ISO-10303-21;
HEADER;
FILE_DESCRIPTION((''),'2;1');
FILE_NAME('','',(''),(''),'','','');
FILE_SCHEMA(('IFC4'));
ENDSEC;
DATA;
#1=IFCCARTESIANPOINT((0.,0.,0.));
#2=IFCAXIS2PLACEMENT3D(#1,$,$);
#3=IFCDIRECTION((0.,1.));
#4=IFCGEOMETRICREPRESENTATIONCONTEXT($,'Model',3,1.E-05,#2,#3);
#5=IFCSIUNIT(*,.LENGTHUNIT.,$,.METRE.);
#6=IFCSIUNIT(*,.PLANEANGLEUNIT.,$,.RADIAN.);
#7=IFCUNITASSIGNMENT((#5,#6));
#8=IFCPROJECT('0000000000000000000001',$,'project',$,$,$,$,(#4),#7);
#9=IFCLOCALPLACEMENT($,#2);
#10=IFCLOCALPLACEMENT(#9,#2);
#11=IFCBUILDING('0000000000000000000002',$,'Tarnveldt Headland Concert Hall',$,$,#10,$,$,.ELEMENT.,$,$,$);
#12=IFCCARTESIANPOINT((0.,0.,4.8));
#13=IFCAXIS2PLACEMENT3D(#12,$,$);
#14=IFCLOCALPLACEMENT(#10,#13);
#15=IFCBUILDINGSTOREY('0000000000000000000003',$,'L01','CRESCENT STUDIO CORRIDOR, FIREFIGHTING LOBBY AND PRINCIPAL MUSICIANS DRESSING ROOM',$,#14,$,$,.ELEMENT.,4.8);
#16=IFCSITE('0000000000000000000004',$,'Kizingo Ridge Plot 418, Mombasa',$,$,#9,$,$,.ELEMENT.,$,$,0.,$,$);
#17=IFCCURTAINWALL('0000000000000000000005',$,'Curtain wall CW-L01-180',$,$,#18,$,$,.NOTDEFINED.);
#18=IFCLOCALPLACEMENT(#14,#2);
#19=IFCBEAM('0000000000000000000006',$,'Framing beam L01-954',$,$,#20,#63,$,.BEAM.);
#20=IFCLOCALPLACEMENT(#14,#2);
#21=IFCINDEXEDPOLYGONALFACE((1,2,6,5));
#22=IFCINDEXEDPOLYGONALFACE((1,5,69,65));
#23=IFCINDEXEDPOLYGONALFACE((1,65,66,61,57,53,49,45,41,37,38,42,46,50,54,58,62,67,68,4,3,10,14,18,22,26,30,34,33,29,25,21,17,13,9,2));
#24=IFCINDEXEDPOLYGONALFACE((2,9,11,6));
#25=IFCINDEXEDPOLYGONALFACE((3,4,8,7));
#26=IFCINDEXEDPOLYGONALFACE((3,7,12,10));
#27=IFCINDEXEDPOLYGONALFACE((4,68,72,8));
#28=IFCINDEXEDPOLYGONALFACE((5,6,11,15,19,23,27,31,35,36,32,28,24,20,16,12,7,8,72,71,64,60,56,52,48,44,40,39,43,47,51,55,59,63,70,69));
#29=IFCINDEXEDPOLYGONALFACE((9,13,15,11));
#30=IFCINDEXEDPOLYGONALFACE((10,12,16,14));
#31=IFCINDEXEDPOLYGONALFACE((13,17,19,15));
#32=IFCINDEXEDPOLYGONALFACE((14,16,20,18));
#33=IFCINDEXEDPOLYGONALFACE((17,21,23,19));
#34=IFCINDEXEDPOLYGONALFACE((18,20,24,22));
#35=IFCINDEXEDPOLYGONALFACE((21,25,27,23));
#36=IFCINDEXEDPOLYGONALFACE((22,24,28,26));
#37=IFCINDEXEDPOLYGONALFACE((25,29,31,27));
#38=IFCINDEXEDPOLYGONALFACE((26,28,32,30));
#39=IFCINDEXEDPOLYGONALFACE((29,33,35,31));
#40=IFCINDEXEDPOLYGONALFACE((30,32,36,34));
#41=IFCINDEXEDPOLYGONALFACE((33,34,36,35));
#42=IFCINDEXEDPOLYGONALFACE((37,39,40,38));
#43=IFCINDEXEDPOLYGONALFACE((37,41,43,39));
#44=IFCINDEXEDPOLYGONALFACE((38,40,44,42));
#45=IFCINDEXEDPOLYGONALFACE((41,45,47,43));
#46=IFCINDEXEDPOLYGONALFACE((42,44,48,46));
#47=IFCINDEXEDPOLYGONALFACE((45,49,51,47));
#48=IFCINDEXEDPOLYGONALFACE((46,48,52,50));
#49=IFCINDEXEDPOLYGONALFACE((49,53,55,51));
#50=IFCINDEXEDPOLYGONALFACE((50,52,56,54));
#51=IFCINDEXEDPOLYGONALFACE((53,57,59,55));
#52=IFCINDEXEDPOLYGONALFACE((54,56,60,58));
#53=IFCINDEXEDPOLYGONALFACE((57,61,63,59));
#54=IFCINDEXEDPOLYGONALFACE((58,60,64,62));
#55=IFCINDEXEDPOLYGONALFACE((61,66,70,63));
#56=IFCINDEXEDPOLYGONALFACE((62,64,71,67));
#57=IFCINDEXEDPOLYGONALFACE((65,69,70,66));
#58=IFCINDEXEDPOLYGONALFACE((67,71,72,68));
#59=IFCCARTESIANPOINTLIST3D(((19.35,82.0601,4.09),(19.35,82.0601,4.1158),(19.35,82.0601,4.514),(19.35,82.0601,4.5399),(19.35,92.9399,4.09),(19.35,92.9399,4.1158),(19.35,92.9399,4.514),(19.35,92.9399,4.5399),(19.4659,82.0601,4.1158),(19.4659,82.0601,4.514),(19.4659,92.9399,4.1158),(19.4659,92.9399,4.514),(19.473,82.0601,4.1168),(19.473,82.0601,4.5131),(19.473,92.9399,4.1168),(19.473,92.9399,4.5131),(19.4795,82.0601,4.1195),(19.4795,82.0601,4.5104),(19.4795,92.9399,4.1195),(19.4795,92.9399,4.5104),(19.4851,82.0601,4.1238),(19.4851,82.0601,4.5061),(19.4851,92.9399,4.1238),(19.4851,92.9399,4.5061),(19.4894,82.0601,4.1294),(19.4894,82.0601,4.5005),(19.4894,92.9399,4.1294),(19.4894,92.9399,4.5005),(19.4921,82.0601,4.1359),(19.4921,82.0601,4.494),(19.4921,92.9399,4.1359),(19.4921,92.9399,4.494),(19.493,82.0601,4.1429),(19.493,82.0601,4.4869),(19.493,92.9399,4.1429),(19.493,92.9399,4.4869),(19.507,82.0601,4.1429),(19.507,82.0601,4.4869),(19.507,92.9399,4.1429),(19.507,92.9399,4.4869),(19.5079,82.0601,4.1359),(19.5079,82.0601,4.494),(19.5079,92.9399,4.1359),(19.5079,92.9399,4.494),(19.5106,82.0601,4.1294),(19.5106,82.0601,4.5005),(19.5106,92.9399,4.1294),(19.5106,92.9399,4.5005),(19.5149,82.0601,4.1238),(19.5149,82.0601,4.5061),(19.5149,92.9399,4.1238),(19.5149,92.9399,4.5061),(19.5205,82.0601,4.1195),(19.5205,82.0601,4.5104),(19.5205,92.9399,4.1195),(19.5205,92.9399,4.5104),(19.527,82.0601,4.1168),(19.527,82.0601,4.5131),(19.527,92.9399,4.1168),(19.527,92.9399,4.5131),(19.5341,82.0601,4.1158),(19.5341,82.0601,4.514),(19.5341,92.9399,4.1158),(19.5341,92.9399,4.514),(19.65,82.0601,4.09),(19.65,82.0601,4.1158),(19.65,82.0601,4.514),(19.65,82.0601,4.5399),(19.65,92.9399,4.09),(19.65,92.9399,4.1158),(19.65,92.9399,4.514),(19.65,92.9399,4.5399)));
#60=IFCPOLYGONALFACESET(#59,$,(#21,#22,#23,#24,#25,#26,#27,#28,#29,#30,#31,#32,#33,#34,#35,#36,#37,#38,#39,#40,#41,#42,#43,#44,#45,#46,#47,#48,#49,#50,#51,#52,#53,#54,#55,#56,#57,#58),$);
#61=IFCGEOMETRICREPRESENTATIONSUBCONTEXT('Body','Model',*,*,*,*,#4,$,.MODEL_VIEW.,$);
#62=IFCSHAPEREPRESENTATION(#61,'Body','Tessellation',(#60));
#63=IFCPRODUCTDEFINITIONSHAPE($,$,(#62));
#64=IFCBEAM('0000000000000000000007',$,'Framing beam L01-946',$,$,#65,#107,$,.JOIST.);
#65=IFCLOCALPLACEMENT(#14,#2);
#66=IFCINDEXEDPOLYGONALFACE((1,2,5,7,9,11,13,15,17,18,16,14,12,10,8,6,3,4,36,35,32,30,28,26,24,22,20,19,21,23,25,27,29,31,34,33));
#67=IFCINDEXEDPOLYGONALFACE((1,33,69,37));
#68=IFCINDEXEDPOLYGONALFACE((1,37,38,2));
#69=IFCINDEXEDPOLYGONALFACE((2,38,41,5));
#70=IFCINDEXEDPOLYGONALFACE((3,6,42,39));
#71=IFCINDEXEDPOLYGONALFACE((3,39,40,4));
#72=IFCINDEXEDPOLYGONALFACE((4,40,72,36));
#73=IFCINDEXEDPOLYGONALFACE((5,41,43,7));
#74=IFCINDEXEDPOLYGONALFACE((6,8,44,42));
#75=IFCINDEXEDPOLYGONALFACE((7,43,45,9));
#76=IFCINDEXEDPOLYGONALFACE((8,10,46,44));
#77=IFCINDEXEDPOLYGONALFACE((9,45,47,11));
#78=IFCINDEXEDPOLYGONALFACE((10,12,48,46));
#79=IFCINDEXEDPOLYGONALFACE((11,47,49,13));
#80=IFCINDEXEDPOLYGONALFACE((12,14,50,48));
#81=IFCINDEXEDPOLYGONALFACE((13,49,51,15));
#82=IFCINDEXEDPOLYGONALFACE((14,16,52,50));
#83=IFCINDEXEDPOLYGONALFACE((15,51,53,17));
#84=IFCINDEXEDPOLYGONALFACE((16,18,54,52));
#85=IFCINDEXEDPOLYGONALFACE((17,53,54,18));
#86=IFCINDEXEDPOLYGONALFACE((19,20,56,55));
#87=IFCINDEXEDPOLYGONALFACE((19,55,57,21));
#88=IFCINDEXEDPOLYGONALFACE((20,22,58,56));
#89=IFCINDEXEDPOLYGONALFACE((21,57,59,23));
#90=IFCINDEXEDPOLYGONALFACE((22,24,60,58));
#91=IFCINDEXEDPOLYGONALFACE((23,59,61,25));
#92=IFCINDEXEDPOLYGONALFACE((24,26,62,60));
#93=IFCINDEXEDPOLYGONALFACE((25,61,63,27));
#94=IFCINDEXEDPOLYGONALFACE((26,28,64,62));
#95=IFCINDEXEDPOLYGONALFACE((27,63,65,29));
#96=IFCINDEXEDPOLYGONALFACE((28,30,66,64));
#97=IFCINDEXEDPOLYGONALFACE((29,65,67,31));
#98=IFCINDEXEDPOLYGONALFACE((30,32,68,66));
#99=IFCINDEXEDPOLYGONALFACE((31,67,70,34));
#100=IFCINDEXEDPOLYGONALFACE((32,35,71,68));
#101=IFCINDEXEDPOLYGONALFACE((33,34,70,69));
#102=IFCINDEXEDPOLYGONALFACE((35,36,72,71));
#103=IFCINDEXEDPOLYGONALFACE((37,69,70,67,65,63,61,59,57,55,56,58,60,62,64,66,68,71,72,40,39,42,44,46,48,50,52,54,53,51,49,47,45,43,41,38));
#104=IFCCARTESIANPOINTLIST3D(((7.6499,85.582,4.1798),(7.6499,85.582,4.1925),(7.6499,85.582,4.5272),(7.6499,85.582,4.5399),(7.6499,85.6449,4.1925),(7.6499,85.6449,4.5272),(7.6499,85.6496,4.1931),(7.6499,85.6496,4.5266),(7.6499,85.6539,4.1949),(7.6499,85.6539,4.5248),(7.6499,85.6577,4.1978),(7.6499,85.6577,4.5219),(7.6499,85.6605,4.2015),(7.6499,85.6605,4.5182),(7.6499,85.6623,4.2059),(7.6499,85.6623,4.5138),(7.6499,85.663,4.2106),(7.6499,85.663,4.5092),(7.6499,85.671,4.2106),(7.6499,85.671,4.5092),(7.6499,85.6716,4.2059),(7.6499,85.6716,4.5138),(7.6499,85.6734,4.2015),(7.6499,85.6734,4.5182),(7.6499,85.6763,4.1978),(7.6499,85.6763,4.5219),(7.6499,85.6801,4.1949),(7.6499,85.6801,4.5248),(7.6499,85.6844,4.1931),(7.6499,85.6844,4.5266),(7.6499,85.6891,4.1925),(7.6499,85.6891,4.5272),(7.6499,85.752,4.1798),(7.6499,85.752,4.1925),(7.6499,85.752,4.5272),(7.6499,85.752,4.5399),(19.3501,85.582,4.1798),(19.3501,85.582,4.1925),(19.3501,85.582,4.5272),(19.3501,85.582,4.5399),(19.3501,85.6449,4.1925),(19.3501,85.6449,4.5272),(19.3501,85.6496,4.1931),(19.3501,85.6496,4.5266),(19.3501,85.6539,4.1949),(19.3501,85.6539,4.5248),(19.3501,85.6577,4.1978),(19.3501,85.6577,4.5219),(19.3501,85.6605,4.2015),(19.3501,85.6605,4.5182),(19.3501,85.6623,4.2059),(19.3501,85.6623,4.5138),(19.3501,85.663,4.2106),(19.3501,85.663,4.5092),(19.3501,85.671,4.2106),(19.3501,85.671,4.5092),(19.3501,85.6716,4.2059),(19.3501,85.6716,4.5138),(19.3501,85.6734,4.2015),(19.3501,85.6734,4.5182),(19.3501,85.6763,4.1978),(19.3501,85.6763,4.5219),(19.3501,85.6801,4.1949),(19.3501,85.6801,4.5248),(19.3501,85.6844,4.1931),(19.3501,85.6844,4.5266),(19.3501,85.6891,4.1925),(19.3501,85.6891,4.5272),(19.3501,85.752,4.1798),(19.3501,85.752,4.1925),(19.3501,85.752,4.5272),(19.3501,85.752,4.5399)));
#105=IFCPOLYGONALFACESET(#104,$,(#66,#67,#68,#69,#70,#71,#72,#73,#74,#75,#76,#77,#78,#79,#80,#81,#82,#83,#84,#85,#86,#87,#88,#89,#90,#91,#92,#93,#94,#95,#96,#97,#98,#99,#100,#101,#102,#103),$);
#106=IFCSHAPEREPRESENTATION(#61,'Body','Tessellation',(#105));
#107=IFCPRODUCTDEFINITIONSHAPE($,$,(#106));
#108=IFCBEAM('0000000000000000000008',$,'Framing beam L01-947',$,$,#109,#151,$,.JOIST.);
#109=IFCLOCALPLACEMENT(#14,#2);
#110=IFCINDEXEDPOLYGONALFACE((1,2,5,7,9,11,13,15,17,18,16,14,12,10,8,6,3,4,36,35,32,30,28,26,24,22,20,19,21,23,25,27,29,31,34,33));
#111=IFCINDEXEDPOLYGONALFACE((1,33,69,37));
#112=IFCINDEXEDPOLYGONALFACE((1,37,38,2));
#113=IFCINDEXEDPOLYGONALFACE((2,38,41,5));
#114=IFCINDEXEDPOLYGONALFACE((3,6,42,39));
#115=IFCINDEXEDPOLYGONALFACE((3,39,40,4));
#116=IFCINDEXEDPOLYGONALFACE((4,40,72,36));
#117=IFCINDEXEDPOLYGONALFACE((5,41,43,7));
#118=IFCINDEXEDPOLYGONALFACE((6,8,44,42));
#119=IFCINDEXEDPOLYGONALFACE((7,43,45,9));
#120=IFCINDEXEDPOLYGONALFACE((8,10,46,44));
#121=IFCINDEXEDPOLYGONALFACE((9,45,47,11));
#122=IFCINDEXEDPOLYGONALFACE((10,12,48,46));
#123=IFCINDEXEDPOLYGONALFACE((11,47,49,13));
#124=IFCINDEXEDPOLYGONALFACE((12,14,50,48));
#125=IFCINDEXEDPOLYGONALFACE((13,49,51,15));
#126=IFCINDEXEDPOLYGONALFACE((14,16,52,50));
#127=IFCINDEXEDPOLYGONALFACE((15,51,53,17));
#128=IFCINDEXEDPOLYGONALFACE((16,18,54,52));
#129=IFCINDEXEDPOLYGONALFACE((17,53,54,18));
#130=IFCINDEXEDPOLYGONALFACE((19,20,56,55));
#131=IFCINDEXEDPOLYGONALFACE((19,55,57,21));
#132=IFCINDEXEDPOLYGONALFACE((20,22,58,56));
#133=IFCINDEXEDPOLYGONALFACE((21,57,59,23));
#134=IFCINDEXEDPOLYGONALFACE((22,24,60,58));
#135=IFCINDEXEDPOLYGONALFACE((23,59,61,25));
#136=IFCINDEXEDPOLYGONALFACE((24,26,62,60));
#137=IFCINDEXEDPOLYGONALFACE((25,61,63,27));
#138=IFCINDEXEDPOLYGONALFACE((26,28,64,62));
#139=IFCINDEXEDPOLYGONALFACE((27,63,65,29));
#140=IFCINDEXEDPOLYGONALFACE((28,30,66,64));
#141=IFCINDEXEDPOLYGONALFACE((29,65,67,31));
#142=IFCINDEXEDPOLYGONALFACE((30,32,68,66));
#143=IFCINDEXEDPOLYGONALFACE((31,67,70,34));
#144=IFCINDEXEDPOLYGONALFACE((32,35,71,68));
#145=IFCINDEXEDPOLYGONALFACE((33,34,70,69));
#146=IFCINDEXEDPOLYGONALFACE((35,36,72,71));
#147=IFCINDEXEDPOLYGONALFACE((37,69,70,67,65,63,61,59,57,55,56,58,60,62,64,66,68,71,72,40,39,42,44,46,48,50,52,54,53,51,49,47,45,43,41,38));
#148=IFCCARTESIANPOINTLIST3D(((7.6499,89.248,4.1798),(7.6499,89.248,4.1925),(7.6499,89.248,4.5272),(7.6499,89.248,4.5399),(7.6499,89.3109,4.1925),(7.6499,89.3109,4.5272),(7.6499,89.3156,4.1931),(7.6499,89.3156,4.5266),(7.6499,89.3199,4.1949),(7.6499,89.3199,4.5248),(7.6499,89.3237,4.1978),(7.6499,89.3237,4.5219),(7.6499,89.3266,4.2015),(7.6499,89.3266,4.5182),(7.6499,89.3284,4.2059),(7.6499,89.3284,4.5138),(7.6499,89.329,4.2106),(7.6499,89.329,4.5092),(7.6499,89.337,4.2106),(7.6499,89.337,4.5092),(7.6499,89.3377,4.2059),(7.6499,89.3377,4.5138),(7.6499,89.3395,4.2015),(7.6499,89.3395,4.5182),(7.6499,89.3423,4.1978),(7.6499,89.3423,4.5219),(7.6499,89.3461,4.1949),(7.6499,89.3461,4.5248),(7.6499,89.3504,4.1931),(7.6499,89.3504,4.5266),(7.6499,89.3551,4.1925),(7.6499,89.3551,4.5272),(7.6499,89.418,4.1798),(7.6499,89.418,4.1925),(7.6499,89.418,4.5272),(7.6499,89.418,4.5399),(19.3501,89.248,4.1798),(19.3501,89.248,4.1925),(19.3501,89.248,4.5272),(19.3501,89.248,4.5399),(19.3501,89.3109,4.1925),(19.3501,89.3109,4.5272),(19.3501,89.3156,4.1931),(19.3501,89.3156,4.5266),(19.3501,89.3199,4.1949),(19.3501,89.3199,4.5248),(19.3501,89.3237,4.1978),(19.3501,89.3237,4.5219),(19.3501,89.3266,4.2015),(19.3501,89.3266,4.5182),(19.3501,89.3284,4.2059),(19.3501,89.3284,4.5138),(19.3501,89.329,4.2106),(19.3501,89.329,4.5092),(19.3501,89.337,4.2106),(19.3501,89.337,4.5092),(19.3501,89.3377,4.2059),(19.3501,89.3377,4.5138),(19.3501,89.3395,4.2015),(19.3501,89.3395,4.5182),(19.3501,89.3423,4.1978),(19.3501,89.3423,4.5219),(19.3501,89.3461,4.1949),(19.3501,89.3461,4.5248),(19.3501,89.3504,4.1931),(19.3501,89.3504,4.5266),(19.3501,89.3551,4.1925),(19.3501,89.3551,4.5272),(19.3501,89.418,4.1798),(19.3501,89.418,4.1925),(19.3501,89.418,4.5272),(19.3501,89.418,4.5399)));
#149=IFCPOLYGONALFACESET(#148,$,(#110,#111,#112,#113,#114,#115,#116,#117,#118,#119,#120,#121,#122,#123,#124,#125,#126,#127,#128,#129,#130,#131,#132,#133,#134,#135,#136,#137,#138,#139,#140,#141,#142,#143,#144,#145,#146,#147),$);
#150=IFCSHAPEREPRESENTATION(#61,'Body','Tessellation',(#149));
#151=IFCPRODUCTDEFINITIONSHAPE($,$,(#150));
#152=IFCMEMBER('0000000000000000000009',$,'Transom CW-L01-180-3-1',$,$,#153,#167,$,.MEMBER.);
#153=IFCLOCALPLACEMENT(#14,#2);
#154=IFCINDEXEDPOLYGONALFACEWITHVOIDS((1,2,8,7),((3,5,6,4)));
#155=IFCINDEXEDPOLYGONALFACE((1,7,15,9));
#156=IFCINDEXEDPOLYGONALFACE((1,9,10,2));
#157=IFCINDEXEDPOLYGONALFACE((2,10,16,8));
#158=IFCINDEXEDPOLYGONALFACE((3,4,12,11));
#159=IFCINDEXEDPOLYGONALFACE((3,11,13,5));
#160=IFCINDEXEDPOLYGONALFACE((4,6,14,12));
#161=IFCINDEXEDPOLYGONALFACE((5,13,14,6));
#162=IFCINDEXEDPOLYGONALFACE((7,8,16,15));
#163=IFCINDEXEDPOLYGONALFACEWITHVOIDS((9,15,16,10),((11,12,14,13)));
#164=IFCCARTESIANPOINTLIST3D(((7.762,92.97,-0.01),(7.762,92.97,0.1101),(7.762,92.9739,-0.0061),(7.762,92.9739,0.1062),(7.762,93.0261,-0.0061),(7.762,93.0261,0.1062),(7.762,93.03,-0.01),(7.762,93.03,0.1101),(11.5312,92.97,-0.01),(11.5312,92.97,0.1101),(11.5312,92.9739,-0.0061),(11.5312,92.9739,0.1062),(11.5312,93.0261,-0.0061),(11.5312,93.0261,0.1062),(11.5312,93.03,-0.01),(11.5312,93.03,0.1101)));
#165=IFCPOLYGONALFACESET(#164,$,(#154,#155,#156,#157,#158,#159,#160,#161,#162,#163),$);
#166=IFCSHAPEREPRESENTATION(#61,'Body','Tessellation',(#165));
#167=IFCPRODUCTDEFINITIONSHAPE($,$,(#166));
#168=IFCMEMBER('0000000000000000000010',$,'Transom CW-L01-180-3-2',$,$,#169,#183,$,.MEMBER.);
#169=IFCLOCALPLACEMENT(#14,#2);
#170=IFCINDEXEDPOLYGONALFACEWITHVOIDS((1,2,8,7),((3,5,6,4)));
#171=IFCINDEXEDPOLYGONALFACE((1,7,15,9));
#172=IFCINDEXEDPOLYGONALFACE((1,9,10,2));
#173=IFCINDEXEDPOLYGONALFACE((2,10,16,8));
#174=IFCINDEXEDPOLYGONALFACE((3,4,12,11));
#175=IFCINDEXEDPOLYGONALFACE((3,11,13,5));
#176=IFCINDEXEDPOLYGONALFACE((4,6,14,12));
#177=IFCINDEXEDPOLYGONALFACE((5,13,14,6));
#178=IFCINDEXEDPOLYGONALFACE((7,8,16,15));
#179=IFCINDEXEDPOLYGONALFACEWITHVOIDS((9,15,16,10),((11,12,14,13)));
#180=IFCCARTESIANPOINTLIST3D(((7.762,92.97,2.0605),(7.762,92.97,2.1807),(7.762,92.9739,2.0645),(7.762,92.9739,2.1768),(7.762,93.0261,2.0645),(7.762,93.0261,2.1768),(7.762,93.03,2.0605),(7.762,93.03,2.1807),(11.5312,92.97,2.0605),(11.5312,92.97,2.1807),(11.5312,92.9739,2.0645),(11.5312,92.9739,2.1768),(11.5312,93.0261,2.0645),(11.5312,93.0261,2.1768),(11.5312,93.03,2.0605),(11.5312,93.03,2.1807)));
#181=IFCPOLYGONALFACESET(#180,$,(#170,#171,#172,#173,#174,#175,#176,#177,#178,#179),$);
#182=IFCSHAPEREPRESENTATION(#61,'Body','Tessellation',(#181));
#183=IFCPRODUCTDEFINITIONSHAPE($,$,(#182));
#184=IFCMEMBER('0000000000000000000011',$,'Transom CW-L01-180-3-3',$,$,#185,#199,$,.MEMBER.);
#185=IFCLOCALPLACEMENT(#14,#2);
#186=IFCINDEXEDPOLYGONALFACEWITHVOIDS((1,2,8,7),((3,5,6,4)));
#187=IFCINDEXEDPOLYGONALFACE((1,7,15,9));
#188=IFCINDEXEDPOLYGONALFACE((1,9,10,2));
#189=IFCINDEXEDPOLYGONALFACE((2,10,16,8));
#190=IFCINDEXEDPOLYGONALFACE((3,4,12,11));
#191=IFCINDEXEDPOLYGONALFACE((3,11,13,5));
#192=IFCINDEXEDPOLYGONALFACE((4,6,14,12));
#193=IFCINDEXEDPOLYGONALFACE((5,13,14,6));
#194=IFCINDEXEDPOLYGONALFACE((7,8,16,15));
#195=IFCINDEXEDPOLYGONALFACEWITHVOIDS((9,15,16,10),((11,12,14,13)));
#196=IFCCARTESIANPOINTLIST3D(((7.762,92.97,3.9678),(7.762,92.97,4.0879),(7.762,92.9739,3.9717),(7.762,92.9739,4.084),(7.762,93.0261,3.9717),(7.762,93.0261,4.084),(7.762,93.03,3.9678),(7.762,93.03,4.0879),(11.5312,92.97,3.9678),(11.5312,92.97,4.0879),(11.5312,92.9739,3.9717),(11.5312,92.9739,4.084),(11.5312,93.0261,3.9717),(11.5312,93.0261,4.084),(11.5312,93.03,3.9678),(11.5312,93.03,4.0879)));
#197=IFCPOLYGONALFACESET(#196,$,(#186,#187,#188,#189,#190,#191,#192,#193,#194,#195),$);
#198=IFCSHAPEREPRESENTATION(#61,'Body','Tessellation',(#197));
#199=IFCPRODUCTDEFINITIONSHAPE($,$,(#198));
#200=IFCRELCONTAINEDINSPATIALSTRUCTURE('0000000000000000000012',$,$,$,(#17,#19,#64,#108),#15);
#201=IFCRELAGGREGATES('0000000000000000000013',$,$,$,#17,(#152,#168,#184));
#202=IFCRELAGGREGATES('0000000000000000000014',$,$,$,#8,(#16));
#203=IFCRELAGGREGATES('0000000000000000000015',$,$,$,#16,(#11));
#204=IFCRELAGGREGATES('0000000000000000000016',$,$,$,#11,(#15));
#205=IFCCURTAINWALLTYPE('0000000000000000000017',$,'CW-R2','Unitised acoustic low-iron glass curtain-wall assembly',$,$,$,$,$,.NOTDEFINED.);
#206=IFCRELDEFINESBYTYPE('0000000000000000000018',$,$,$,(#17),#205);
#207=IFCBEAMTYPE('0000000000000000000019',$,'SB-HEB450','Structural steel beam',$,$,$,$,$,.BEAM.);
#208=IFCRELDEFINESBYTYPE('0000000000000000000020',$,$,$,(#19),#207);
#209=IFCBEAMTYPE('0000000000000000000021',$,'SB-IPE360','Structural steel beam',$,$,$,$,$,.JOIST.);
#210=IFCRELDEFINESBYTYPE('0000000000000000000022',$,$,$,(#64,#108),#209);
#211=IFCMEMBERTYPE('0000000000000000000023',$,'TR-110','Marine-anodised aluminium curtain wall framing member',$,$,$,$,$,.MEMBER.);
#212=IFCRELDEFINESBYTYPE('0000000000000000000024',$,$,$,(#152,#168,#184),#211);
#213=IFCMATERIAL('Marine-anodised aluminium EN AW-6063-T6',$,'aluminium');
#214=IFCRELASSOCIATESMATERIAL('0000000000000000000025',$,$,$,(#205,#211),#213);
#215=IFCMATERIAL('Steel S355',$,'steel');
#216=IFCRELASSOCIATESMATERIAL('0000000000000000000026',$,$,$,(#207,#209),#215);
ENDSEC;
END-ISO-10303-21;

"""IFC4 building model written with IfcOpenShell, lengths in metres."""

from ifc_helpers import new_model, si_unit, direction, frame, origin, origin_2d, place, context, subcontext, project, spatial, hollow_rectangle, i_section, extrude, material, material_profile, profile_set, type_object, element, aggregate, save


model = new_model("IFC4")

# Units and contexts
model_context = context("Model", 3, precision=1e-05, world=origin(), true_north=direction((0.0, 1.0)))
body_context = subcontext(model_context, "Body", "Model", "MODEL_VIEW")
ifc_project = project(units=[si_unit("LENGTHUNIT", "METRE"), si_unit("PLANEANGLEUNIT", "RADIAN")], contexts=[model_context])

# Site, building, storey
site_placement = place(None, origin())
site = spatial("IfcSite", under=ifc_project, at=site_placement, Name="Kizingo Ridge Plot 418, Mombasa", CompositionType="ELEMENT", RefElevation=0.0)
building_placement = place(site_placement, origin())
building = spatial("IfcBuilding", under=site, at=building_placement, Name="Tarnveldt Headland Concert Hall", CompositionType="ELEMENT")
storey_placement = place(building_placement, frame((0.0, 0.0, 4.8)))
storey = spatial("IfcBuildingStorey", under=building, at=storey_placement, Name="L01", Description="CRESCENT STUDIO CORRIDOR, FIREFIGHTING LOBBY AND PRINCIPAL MUSICIANS DRESSING ROOM", CompositionType="ELEMENT", Elevation=4.8)

# Shared definitions
ifc_material_1 = material(Name="Steel S355", Category="steel")

# Curtain wall
ifc_material_2 = material(Name="Marine-anodised aluminium EN AW-6063-T6", Category="aluminium")
curtain_wall_type = type_object("IfcCurtainWallType", Name="CW-R2", Description="Unitised acoustic low-iron glass curtain-wall assembly", PredefinedType="NOTDEFINED", material=ifc_material_2)
curtain_wall_placement = place(storey_placement, origin())
curtain_wall = element("IfcCurtainWall", 1, at=curtain_wall_placement, inside=storey, type_object=curtain_wall_type, Name="Curtain wall CW-L01-180", PredefinedType="NOTDEFINED")

# Beams
ifc_material_profile_1 = material_profile(ifc_material_1, i_section(OverallWidth=0.3, OverallDepth=0.45, WebThickness=0.0139, FlangeThickness=0.0259, FilletRadius=0.0271, at=origin_2d()), Name="HEB450", Category="steel")
ifc_profile_set_1 = profile_set([ifc_material_profile_1], Name="Steel S355")
beam_type_1 = type_object("IfcBeamType", Name="SB-HEB450", Description="Structural steel beam", PredefinedType="BEAM", material=ifc_profile_set_1)
for number, where, z_axis, x_axis, name in (
    (2, (19.5, 82.0601, 4.3149), (0.0, 1.0, 0.0), (-1.0, 0.0, 0.0), "Framing beam L01-954"),
):
    element("IfcBeam", number, at=place(storey_placement, frame(where, z_axis=z_axis, x_axis=x_axis)), inside=storey, type_object=beam_type_1, Name=name, PredefinedType="BEAM", context=body_context, shape_type="SweptSolid", body=[
        extrude(i_section(OverallWidth=0.3, OverallDepth=0.45, WebThickness=0.0139, FlangeThickness=0.0259, FilletRadius=0.0271, at=origin_2d()), origin(), (0.0, 0.0, 1.0), 10.8799),
    ])
ifc_material_profile_2 = material_profile(ifc_material_1, i_section(OverallWidth=0.1699, OverallDepth=0.3601, WebThickness=0.0081, FlangeThickness=0.0127, FilletRadius=0.0181, at=origin_2d()), Name="IPE360", Category="steel")
ifc_profile_set_2 = profile_set([ifc_material_profile_2], Name="Steel S355")
beam_type_2 = type_object("IfcBeamType", Name="SB-IPE360", Description="Structural steel beam", PredefinedType="JOIST", material=ifc_profile_set_2)
for number, where, z_axis, x_axis, name in (
    (3, (7.6499, 85.667, 4.3599), (1.0, 0.0, 0.0), (0.0, 1.0, 0.0), "Framing beam L01-946"),
    (4, (7.6499, 89.333, 4.3599), (1.0, 0.0, 0.0), (0.0, 1.0, 0.0), "Framing beam L01-947"),
):
    element("IfcBeam", number, at=place(storey_placement, frame(where, z_axis=z_axis, x_axis=x_axis)), inside=storey, type_object=beam_type_2, Name=name, PredefinedType="JOIST", context=body_context, shape_type="SweptSolid", body=[
        extrude(i_section(OverallWidth=0.1699, OverallDepth=0.3601, WebThickness=0.0081, FlangeThickness=0.0127, FilletRadius=0.0181, at=origin_2d()), origin(), (0.0, 0.0, 1.0), 11.7002),
    ])

# Members
ifc_material_profile_3 = material_profile(ifc_material_2, hollow_rectangle(XDim=0.0601, YDim=0.1201, WallThickness=0.0039, at=origin_2d()), Name="ALU TRANSOM 60x120x4", Category="aluminium")
ifc_profile_set_3 = profile_set([ifc_material_profile_3], Name="Marine-anodised aluminium EN AW-6063-T6")
member_type_1 = type_object("IfcMemberType", Name="TR-110", Description="Marine-anodised aluminium curtain wall framing member", PredefinedType="MEMBER", material=ifc_profile_set_3)
member_1_placement = place(storey_placement, frame((11.5312, 93.0, 0.05), z_axis=(-1.0, 0.0, 0.0), x_axis=(0.0, -1.0, 0.0)))
member_1 = element("IfcMember", 5, at=member_1_placement, type_object=member_type_1, Name="Transom CW-L01-180-3-1", PredefinedType="MEMBER", context=body_context, shape_type="SweptSolid", body=[
    extrude(hollow_rectangle(XDim=0.0601, YDim=0.1201, WallThickness=0.0039, at=origin_2d()), origin(), (0.0, 0.0, 1.0), 3.7693),
])
member_2_placement = place(storey_placement, frame((11.5312, 93.0, 2.1206), z_axis=(-1.0, 0.0, 0.0), x_axis=(0.0, -1.0, 0.0)))
member_2 = element("IfcMember", 6, at=member_2_placement, type_object=member_type_1, Name="Transom CW-L01-180-3-2", PredefinedType="MEMBER", context=body_context, shape_type="SweptSolid", body=[
    extrude(hollow_rectangle(XDim=0.0601, YDim=0.1201, WallThickness=0.0039, at=origin_2d()), origin(), (0.0, 0.0, 1.0), 3.7693),
])
member_3_placement = place(storey_placement, frame((11.5312, 93.0, 4.0278), z_axis=(-1.0, 0.0, 0.0), x_axis=(0.0, -1.0, 0.0)))
member_3 = element("IfcMember", 7, at=member_3_placement, type_object=member_type_1, Name="Transom CW-L01-180-3-3", PredefinedType="MEMBER", context=body_context, shape_type="SweptSolid", body=[
    extrude(hollow_rectangle(XDim=0.0601, YDim=0.1201, WallThickness=0.0039, at=origin_2d()), origin(), (0.0, 0.0, 1.0), 3.7693),
])

aggregate(curtain_wall, [member_1, member_2, member_3])

save(model, "model.ifc")
